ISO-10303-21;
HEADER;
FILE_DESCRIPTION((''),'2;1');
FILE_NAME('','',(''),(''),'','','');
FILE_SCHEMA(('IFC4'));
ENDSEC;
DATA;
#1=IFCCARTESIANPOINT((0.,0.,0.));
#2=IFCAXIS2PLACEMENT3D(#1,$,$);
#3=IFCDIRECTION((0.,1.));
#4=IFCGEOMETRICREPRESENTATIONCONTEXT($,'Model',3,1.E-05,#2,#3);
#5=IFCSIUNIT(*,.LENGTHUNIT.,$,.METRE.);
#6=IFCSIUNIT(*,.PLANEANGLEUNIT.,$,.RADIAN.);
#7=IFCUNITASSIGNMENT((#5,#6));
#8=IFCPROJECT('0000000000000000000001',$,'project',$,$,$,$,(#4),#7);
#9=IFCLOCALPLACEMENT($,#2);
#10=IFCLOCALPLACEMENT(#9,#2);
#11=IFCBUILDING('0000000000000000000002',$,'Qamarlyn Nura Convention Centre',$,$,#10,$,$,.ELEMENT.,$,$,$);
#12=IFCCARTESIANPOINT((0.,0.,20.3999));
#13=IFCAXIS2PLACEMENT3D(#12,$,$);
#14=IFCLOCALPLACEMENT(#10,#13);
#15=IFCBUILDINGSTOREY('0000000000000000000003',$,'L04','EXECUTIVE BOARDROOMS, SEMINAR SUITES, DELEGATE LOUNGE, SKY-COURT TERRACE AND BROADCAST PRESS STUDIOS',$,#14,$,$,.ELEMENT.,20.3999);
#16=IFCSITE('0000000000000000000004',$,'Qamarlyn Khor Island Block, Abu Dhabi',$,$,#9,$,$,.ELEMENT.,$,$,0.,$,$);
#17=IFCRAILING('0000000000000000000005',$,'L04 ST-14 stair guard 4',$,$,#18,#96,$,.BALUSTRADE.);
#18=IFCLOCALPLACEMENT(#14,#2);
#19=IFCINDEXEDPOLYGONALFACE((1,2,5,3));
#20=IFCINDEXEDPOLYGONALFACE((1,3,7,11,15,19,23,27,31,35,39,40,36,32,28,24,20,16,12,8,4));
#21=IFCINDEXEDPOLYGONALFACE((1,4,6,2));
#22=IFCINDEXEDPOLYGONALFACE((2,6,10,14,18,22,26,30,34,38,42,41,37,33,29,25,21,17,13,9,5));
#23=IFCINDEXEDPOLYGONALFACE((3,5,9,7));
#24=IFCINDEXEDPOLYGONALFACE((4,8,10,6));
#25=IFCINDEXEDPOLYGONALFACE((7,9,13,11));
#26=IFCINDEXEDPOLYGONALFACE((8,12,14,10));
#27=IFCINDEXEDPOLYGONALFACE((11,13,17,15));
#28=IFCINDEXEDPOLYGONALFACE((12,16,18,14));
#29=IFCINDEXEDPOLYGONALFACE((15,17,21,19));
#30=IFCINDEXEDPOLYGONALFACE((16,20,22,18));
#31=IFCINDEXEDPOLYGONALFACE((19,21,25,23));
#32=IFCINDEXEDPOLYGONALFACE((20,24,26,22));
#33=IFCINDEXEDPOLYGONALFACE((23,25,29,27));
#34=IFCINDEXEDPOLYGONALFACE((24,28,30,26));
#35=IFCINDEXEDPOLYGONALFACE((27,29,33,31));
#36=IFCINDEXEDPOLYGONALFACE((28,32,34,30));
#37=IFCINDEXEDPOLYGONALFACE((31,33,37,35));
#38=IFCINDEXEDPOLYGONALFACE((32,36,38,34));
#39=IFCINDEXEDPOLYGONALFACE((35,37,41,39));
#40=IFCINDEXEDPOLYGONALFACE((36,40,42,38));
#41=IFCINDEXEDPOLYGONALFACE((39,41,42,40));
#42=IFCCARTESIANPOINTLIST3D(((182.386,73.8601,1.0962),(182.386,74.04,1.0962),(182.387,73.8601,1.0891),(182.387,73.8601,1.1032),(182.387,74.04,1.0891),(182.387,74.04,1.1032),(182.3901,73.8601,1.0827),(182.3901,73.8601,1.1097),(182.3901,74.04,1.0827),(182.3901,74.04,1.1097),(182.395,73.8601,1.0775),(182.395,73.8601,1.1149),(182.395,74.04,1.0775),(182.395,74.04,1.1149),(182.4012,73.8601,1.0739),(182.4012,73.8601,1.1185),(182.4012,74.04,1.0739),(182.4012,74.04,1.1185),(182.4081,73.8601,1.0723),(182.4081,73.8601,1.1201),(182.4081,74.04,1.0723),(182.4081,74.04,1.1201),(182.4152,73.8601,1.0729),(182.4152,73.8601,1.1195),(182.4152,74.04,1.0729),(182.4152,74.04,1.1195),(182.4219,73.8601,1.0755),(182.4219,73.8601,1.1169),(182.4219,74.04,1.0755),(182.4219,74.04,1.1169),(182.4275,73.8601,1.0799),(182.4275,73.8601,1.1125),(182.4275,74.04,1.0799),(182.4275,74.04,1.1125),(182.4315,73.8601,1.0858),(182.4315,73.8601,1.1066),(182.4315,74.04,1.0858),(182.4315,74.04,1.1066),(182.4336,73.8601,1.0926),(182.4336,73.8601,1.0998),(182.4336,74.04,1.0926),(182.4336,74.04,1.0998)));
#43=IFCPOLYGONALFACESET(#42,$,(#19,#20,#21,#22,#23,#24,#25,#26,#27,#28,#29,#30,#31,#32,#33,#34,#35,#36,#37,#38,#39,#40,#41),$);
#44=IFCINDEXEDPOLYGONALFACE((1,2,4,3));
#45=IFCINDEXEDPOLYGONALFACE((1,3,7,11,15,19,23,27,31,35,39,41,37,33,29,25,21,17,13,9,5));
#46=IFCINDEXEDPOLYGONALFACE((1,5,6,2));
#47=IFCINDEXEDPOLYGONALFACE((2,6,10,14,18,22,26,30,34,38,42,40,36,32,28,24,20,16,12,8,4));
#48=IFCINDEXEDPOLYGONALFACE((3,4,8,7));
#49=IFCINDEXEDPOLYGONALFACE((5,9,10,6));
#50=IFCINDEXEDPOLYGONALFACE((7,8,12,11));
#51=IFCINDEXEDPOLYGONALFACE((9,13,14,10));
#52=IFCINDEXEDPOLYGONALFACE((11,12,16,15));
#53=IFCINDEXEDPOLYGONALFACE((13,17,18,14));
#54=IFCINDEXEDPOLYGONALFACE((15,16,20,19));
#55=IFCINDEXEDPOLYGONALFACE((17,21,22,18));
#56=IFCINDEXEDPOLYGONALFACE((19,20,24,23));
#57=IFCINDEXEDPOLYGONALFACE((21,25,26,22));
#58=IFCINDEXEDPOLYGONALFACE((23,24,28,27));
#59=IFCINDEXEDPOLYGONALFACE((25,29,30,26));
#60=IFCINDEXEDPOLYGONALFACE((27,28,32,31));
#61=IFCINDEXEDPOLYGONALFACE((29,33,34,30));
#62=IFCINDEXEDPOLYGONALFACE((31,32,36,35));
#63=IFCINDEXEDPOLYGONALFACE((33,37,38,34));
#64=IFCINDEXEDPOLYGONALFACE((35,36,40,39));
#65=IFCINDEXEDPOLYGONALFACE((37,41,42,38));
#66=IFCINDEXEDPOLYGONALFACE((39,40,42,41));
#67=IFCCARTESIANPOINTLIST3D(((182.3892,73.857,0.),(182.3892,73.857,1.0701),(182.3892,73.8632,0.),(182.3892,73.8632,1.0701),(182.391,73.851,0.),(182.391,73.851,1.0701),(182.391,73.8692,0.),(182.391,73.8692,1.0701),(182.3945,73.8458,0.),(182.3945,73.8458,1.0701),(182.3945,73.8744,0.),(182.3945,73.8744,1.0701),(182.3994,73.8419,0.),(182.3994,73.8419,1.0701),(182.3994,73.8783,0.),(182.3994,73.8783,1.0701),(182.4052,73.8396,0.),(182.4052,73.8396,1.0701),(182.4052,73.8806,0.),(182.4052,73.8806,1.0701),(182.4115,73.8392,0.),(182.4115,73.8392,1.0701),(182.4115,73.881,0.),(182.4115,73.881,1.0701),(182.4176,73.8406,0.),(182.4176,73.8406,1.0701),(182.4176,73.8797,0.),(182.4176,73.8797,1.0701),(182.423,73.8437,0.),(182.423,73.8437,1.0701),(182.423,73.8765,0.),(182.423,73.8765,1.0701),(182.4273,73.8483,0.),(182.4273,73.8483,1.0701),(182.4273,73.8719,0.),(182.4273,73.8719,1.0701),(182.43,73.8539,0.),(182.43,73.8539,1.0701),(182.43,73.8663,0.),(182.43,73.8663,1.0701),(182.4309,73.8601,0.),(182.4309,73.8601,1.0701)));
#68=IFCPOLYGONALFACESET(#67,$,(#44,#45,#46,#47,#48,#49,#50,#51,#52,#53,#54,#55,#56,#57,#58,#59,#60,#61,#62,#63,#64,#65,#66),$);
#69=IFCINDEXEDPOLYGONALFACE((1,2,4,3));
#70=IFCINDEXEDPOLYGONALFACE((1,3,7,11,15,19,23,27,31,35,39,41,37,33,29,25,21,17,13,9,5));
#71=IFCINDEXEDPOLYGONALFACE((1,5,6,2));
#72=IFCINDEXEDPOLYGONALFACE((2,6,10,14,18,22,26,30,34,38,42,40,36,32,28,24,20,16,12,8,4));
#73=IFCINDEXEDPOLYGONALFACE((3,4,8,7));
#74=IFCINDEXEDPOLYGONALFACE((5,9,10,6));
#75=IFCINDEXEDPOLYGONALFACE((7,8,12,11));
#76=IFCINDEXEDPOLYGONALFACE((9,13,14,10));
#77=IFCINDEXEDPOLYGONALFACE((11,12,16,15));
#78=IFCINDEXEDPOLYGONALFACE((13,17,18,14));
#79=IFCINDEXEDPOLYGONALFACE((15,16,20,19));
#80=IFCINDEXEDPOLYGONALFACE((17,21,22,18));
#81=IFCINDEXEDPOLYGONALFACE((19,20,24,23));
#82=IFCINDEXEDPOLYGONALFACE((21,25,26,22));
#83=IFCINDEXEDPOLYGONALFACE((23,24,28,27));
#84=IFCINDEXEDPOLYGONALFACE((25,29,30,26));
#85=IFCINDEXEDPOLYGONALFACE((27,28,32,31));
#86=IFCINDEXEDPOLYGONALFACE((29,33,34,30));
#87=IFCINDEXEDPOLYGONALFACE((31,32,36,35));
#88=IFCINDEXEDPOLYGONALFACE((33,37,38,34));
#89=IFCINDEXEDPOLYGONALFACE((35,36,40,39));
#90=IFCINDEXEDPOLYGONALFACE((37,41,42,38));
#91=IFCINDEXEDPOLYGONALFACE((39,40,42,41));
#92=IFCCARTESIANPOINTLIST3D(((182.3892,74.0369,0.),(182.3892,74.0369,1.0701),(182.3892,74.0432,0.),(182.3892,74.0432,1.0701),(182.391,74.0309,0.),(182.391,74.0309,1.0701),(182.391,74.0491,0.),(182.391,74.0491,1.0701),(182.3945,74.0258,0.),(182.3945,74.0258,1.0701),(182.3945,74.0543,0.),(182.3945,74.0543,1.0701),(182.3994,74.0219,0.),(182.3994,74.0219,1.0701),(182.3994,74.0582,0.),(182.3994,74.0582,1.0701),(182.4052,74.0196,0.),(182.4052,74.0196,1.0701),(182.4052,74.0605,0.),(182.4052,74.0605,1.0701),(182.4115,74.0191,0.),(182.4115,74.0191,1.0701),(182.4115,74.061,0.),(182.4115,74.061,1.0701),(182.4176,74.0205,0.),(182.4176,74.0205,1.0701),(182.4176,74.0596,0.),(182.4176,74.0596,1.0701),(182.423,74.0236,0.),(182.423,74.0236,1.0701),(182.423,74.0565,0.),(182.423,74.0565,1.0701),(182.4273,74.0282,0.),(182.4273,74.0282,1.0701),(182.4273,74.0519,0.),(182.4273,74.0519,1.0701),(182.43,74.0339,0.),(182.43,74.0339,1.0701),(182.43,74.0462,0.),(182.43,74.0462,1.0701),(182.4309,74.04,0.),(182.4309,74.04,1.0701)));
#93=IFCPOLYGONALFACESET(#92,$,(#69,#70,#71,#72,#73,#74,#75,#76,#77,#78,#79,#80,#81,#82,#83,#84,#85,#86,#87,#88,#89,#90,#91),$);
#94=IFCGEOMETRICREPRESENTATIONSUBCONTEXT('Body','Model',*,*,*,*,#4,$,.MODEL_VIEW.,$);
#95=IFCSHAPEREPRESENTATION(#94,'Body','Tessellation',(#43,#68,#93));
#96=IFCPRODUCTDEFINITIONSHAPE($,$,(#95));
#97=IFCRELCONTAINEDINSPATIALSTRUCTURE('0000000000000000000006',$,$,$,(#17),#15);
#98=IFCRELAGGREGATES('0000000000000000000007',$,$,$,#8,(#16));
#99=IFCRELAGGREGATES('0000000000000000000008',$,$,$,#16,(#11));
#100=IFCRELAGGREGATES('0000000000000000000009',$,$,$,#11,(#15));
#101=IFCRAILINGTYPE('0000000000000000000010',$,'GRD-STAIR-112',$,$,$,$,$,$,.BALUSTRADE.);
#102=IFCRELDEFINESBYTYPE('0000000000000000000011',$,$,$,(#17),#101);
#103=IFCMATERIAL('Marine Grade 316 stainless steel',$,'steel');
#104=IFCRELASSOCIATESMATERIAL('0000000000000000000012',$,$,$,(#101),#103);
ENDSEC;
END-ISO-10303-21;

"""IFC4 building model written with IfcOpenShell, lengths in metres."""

from ifc_helpers import new_model, si_unit, direction, frame, origin, origin_2d, place, context, subcontext, project, spatial, circle, extrude, material, type_object, element, save


model = new_model("IFC4")

# Units and contexts
model_context = context("Model", 3, precision=1e-05, world=origin(), true_north=direction((0.0, 1.0)))
body_context = subcontext(model_context, "Body", "Model", "MODEL_VIEW")
ifc_project = project(units=[si_unit("LENGTHUNIT", "METRE"), si_unit("PLANEANGLEUNIT", "RADIAN")], contexts=[model_context])

# Site, building, storey
site_placement = place(None, origin())
site = spatial("IfcSite", under=ifc_project, at=site_placement, Name="Qamarlyn Khor Island Block, Abu Dhabi", CompositionType="ELEMENT", RefElevation=0.0)
building_placement = place(site_placement, origin())
building = spatial("IfcBuilding", under=site, at=building_placement, Name="Qamarlyn Nura Convention Centre", CompositionType="ELEMENT")
storey_placement = place(building_placement, frame((0.0, 0.0, 20.3999)))
storey = spatial("IfcBuildingStorey", under=building, at=storey_placement, Name="L04", Description="EXECUTIVE BOARDROOMS, SEMINAR SUITES, DELEGATE LOUNGE, SKY-COURT TERRACE AND BROADCAST PRESS STUDIOS", CompositionType="ELEMENT", Elevation=20.3999)

# Railing
ifc_material_1 = material(Name="Marine Grade 316 stainless steel", Category="steel")
railing_type = type_object("IfcRailingType", Name="GRD-STAIR-112", PredefinedType="BALUSTRADE", material=ifc_material_1)
railing_1_placement = place(storey_placement, frame((182.4099, 73.8601, 0.0)))
element("IfcRailing", 1, at=railing_1_placement, inside=storey, type_object=railing_type, Name="L04 ST-14 stair guard 4", PredefinedType="BALUSTRADE", context=body_context, shape_type="SweptSolid", body=[
    extrude(circle(Radius=0.0239, at=origin_2d()), frame((0.0, 0.0, 1.0962), z_axis=(0.0, 1.0, 0.0), x_axis=(-1.0, 0.0, 0.0)), (0.0, 0.0, 1.0), 0.1799),
    extrude(circle(Radius=0.021, at=origin_2d()), origin(), (0.0, 0.0, 1.0), 1.0701),
    extrude(circle(Radius=0.021, at=origin_2d()), frame((0.0, 0.1799, 0.0)), (0.0, 0.0, 1.0), 1.0701),
])

save(model, "model.ifc")
